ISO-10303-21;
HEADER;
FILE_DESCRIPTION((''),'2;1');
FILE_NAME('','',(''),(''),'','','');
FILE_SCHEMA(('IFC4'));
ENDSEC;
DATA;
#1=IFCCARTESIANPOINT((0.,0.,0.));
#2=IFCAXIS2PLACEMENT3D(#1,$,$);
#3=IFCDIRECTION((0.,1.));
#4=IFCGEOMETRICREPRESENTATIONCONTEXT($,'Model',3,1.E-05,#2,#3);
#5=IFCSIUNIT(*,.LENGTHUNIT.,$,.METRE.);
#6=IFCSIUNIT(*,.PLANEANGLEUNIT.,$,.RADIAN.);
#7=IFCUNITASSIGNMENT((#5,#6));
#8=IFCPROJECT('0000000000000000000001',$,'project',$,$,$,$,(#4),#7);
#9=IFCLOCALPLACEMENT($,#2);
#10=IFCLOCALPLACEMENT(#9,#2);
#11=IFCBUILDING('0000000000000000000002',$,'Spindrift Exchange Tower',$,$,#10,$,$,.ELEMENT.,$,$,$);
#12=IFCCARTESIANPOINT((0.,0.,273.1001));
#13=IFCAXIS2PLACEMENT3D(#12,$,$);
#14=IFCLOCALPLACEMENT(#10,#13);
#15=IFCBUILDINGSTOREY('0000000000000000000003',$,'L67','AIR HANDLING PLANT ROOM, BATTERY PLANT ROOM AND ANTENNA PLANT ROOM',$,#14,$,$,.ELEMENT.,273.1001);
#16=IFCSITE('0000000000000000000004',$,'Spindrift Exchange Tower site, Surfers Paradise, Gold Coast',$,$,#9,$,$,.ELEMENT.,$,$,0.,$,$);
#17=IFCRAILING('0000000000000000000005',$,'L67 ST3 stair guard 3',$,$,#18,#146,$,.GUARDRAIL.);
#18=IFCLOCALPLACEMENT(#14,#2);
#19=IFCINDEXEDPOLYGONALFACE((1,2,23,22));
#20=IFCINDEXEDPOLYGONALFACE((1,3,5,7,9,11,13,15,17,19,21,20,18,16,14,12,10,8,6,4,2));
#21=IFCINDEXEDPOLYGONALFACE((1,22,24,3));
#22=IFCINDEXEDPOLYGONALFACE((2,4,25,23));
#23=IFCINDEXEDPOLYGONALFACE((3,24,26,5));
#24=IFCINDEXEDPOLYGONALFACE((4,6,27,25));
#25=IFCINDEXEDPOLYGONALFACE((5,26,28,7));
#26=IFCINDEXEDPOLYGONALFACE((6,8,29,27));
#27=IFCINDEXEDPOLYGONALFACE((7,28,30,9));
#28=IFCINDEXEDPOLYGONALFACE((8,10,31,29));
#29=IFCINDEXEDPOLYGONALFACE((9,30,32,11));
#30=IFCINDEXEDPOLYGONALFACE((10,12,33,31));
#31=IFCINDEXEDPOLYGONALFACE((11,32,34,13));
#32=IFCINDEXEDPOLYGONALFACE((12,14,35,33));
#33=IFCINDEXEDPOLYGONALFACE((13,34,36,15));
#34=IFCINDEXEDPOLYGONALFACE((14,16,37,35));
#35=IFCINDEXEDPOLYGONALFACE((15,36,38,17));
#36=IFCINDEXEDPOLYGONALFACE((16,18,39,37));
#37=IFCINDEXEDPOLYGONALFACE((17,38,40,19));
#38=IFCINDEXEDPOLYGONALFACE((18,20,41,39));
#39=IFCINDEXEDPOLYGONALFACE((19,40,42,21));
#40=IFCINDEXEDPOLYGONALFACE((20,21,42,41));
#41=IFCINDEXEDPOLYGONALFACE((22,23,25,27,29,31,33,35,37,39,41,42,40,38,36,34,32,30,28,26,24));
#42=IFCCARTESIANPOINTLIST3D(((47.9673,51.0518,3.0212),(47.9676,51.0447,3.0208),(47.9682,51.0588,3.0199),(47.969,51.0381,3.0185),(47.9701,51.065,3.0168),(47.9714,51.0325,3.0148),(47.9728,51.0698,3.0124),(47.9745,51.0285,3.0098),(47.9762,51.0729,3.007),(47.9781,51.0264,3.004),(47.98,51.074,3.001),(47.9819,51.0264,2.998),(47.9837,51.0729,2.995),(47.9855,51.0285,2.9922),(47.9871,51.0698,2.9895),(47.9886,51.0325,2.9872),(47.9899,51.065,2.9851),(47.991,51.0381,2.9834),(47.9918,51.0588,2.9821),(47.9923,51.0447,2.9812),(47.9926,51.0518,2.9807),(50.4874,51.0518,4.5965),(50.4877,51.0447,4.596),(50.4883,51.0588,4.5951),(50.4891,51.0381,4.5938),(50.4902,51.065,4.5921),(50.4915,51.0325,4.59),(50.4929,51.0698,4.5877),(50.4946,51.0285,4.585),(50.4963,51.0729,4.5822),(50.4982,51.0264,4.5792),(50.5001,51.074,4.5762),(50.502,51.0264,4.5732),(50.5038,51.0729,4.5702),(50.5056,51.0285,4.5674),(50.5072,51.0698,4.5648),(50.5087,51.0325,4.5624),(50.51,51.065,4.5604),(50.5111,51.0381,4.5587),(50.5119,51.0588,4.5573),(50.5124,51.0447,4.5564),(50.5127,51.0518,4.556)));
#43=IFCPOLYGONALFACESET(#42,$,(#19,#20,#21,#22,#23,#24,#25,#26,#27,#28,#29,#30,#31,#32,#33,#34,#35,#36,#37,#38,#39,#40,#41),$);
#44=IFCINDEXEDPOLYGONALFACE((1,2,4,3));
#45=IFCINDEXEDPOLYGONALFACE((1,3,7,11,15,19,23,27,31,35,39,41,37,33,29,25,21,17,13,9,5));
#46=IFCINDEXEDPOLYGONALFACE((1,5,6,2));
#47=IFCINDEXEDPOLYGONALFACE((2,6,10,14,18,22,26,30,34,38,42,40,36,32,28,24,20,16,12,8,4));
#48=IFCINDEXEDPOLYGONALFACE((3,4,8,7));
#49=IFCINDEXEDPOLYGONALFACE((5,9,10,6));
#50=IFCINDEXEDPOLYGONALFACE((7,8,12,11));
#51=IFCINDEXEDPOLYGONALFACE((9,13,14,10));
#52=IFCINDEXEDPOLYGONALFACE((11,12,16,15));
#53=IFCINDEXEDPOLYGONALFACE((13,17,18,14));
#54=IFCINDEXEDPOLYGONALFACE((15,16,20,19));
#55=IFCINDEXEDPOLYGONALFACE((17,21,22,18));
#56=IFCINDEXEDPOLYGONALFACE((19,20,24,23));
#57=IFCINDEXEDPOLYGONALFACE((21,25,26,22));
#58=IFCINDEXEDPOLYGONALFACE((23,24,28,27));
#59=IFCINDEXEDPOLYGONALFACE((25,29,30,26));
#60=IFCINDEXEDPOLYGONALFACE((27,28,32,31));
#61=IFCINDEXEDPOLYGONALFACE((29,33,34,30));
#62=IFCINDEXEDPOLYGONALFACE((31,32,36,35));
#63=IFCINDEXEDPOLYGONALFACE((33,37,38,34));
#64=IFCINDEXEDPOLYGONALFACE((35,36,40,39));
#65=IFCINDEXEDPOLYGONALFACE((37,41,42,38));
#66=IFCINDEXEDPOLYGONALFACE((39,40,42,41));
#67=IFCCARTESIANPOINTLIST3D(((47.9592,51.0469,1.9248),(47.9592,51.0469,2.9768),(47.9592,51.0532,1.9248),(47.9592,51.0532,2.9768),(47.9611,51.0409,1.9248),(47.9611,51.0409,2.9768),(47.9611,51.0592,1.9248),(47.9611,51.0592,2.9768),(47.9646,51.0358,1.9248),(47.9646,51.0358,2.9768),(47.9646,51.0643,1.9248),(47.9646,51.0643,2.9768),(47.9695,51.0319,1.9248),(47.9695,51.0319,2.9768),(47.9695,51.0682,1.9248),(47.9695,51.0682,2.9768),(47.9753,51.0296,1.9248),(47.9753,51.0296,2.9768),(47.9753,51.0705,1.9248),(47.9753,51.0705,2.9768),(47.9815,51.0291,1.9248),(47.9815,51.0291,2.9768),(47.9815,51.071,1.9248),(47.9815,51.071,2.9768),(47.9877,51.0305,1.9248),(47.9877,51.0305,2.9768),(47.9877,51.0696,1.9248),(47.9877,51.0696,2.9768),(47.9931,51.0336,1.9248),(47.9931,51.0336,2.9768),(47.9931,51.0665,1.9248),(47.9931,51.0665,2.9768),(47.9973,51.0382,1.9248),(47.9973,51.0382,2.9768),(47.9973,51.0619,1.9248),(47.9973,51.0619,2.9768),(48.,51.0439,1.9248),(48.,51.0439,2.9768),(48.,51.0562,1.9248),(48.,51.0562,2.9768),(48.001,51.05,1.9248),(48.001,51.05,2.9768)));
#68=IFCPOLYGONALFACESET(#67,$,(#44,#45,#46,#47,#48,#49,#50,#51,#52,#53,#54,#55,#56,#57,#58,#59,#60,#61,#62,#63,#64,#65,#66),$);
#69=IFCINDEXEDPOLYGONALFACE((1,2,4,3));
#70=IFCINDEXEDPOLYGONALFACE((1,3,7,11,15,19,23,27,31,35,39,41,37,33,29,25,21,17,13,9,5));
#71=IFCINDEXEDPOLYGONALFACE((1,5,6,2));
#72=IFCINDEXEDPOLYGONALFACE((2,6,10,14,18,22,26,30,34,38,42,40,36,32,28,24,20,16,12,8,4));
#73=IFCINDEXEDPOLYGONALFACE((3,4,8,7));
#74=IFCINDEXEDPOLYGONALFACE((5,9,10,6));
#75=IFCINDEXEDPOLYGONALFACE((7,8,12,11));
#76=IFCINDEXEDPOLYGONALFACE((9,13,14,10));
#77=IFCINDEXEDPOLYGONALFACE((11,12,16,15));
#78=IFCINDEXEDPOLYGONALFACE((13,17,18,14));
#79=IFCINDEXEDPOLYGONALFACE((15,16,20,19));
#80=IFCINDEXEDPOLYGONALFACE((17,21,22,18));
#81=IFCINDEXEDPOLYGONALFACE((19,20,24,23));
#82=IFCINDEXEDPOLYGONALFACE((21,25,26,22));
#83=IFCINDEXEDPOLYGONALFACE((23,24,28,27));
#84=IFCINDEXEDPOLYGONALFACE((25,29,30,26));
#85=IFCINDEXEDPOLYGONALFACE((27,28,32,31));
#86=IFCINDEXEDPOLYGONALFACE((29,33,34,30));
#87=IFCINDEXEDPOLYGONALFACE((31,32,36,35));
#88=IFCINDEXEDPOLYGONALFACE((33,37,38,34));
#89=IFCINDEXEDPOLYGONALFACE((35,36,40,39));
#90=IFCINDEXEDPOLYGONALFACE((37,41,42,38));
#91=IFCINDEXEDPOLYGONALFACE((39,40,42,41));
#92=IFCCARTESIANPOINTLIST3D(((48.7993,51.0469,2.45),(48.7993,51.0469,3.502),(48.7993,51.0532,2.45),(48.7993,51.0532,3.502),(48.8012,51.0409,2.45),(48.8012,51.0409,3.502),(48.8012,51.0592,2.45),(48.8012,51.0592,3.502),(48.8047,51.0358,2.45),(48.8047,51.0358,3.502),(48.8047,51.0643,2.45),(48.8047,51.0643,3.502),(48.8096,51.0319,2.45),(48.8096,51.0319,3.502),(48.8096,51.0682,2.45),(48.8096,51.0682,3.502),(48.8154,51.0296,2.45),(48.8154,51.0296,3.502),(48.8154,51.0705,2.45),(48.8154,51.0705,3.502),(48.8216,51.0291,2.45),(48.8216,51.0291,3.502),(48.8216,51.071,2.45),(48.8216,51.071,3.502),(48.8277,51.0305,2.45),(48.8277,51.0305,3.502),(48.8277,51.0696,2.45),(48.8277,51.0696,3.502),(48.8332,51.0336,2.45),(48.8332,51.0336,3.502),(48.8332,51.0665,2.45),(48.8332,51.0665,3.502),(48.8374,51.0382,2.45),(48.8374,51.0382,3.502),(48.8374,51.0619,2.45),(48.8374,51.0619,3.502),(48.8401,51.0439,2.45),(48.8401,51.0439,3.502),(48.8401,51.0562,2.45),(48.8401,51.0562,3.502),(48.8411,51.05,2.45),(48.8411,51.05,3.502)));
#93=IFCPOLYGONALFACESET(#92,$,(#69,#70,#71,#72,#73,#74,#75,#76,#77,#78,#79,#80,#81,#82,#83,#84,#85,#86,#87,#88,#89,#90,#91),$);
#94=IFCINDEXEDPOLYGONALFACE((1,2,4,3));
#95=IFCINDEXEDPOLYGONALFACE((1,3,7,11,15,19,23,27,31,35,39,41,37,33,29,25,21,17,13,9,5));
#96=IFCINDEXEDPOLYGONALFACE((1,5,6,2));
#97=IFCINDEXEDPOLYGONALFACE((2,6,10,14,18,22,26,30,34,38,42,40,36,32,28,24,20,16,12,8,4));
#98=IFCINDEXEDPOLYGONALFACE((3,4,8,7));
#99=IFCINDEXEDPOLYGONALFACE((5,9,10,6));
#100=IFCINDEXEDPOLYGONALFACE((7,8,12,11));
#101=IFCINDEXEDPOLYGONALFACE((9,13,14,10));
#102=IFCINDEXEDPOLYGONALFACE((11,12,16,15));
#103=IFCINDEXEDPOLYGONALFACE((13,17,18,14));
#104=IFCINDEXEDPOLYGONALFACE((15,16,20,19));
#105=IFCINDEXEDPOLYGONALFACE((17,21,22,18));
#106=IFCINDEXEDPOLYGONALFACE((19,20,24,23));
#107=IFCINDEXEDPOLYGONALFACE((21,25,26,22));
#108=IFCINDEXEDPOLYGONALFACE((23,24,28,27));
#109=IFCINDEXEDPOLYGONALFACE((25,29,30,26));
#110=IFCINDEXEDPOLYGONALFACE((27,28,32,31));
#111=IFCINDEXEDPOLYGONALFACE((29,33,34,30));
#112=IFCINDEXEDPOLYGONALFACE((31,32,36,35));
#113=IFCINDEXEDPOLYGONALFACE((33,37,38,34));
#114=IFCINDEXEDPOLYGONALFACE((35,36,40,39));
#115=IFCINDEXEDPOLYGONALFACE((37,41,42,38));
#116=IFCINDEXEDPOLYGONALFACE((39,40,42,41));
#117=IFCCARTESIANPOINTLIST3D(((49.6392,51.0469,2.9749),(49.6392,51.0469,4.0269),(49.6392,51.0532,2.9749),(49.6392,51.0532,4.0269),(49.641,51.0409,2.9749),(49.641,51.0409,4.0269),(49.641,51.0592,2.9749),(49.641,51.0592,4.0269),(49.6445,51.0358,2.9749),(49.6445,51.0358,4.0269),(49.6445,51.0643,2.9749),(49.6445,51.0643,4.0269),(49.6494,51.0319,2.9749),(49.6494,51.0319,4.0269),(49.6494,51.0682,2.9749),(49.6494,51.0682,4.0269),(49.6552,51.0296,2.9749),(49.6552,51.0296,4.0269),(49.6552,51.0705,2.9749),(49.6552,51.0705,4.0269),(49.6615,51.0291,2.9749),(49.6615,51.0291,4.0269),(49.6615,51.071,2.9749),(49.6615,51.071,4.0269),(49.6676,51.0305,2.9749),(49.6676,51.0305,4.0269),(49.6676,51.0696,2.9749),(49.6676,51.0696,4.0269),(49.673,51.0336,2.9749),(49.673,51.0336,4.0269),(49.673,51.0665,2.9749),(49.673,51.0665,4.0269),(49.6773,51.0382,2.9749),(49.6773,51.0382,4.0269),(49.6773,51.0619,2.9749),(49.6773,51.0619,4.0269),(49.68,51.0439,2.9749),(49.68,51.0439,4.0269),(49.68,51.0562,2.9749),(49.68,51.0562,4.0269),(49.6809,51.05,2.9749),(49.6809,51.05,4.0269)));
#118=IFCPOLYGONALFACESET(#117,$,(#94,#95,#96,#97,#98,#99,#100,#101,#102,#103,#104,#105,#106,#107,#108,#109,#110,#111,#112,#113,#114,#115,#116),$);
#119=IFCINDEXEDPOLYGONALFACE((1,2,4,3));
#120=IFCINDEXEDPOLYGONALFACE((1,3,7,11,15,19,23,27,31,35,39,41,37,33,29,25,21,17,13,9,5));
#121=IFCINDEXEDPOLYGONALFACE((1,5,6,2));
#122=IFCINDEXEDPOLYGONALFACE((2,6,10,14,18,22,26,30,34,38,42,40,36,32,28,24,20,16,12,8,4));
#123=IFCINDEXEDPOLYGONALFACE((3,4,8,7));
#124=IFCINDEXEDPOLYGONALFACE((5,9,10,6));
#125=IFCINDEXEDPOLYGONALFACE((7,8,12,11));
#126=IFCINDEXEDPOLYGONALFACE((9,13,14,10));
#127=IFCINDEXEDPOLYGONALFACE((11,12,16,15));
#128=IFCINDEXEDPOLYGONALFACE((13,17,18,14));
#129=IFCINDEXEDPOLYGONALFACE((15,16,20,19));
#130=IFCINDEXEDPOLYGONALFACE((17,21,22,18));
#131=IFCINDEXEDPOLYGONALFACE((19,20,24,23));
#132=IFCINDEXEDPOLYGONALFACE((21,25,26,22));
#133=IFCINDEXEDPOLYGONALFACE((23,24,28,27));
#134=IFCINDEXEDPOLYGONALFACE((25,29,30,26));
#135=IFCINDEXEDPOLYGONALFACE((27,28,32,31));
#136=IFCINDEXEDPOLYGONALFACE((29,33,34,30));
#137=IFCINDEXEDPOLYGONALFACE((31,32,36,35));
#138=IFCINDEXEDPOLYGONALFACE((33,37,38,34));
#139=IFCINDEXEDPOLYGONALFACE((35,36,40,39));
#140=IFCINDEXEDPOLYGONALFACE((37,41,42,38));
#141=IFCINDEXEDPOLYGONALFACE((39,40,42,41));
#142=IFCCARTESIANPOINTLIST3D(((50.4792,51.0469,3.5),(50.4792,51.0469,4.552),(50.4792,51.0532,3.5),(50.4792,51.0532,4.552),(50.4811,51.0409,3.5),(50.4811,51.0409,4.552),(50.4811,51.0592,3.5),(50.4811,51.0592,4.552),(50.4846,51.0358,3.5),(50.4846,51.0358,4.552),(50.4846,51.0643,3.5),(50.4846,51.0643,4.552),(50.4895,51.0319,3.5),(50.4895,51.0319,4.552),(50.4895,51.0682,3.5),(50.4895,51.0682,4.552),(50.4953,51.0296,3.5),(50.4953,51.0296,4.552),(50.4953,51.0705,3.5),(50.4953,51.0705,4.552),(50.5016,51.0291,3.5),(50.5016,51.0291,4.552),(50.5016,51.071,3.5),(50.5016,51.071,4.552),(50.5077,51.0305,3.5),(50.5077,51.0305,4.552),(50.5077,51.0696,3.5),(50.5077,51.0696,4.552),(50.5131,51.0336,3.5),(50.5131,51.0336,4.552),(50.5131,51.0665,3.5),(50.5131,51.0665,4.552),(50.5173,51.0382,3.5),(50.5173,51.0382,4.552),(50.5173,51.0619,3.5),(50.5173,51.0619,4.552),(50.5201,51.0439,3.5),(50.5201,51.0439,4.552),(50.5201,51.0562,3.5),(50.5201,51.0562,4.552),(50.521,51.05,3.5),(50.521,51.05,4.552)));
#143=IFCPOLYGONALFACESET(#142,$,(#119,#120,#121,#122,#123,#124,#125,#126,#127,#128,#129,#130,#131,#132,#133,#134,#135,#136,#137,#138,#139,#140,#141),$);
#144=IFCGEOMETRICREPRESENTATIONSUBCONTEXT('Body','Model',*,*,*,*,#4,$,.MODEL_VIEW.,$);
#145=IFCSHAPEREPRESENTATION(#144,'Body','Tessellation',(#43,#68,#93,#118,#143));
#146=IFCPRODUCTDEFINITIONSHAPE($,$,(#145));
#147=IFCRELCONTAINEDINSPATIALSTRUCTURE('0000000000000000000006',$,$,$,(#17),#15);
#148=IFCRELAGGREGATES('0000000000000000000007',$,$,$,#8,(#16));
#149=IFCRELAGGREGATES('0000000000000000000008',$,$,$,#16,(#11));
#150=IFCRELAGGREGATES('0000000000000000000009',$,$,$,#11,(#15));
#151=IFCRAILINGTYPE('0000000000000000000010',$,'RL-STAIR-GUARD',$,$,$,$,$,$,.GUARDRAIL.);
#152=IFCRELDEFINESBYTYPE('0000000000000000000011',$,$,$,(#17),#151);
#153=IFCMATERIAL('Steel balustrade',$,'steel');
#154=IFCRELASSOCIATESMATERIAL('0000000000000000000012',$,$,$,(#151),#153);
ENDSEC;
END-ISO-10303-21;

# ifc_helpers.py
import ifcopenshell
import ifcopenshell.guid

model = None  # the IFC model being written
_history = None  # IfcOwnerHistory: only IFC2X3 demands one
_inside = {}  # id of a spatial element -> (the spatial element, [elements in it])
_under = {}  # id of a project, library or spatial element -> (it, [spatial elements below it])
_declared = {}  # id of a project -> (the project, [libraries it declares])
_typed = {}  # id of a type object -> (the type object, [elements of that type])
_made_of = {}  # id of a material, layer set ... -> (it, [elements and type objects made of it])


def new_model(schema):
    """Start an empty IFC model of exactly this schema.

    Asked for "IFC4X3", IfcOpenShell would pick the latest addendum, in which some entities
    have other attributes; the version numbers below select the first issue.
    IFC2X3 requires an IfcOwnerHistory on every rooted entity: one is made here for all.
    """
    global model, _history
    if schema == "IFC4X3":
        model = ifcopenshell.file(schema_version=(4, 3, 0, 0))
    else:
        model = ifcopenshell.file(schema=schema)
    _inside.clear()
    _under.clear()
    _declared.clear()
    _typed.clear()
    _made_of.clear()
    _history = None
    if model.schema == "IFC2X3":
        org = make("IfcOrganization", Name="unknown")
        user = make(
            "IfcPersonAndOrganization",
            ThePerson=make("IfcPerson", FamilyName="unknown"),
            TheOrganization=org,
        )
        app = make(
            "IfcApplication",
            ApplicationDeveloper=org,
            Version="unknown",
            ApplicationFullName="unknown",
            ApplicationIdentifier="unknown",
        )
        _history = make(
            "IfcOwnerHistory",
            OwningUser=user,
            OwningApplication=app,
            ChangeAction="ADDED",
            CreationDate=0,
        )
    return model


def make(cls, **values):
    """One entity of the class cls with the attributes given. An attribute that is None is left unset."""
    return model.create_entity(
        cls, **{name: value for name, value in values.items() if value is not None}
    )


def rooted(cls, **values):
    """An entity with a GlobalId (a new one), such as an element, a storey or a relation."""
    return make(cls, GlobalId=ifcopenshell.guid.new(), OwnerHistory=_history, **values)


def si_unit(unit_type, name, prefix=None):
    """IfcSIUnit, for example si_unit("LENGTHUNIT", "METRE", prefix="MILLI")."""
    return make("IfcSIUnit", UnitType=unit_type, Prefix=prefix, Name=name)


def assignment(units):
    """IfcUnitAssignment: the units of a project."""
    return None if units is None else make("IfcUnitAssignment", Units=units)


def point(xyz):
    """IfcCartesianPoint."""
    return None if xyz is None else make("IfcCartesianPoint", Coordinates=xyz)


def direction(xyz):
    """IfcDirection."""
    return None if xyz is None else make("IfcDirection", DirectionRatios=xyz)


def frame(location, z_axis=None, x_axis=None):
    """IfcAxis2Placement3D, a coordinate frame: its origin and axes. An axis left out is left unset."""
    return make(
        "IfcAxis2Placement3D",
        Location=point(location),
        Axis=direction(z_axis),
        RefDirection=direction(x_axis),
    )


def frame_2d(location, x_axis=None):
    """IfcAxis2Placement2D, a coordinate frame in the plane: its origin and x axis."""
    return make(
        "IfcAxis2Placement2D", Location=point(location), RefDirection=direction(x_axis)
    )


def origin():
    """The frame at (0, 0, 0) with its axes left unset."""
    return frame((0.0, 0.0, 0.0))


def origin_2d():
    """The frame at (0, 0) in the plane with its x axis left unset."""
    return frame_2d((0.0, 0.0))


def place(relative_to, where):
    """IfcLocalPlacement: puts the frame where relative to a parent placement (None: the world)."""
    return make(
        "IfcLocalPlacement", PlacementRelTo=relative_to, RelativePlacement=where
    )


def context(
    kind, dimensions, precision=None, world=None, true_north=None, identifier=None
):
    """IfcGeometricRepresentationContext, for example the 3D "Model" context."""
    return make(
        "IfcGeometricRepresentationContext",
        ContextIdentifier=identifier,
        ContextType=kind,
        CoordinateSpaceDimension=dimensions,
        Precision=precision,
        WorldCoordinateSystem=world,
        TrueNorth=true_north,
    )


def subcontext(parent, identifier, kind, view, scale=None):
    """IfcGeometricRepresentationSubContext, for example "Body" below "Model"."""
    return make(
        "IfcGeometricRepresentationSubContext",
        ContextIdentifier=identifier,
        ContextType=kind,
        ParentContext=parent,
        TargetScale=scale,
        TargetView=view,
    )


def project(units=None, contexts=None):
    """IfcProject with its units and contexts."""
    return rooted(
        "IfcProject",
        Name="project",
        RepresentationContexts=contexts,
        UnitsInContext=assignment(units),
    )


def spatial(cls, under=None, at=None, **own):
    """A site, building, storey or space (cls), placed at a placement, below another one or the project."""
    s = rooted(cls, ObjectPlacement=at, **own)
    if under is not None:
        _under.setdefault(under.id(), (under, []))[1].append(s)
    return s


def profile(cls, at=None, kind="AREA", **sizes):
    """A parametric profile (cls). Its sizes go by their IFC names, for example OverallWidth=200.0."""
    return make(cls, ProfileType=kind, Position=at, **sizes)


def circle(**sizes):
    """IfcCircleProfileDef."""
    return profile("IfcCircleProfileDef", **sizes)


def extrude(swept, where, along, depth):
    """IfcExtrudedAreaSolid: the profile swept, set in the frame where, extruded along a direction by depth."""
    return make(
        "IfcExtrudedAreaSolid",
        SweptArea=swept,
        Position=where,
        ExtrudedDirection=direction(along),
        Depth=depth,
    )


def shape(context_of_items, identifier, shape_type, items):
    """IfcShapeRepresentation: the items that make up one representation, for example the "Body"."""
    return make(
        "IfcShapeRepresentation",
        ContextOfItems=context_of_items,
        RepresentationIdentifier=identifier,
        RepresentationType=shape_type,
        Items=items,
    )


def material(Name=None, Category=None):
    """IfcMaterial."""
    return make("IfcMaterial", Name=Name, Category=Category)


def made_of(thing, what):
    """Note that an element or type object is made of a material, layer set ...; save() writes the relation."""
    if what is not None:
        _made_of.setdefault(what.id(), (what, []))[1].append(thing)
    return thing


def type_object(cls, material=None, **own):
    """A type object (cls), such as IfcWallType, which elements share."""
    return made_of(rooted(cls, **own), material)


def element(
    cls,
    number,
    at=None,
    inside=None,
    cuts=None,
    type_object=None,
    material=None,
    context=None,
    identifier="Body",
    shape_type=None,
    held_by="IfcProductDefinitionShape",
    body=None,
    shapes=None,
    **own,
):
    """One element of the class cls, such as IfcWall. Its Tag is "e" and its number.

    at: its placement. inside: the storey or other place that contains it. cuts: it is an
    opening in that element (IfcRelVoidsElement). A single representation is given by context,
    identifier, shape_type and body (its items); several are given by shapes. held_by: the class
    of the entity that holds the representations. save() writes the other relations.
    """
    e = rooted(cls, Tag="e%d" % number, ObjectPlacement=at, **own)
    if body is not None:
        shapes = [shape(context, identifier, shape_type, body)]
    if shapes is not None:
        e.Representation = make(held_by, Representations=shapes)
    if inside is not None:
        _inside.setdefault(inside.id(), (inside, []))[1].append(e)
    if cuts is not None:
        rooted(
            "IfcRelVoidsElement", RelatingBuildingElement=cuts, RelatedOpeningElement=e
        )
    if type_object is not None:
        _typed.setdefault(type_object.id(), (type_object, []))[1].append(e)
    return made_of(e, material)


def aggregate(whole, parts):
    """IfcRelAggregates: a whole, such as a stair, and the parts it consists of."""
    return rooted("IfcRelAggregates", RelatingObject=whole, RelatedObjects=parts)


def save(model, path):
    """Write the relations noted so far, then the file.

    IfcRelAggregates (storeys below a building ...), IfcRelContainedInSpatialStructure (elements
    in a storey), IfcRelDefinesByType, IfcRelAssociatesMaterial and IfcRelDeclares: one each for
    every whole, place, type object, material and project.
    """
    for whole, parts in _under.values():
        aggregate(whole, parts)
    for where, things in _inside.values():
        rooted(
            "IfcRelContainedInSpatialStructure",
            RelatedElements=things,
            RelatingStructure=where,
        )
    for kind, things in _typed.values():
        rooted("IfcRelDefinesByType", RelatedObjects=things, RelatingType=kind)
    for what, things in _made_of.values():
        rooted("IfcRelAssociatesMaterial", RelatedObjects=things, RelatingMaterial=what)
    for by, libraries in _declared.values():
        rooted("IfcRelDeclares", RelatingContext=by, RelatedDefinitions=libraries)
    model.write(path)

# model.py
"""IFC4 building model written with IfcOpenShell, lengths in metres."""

from ifc_helpers import new_model, si_unit, direction, frame, origin, origin_2d, place, context, subcontext, project, spatial, circle, extrude, material, type_object, element, save


model = new_model("IFC4")

# Units and contexts
model_context = context("Model", 3, precision=1e-05, world=origin(), true_north=direction((0.0, 1.0)))
body_context = subcontext(model_context, "Body", "Model", "MODEL_VIEW")
ifc_project = project(units=[si_unit("LENGTHUNIT", "METRE"), si_unit("PLANEANGLEUNIT", "RADIAN")], contexts=[model_context])

# Site, building, storey
site_placement = place(None, origin())
site = spatial("IfcSite", under=ifc_project, at=site_placement, Name="Spindrift Exchange Tower site, Surfers Paradise, Gold Coast", CompositionType="ELEMENT", RefElevation=0.0)
building_placement = place(site_placement, origin())
building = spatial("IfcBuilding", under=site, at=building_placement, Name="Spindrift Exchange Tower", CompositionType="ELEMENT")
storey_placement = place(building_placement, frame((0.0, 0.0, 273.1001)))
storey = spatial("IfcBuildingStorey", under=building, at=storey_placement, Name="L67", Description="AIR HANDLING PLANT ROOM, BATTERY PLANT ROOM AND ANTENNA PLANT ROOM", CompositionType="ELEMENT", Elevation=273.1001)

# Railing
ifc_material_1 = material(Name="Steel balustrade", Category="steel")
railing_type_1 = type_object("IfcRailingType", Name="RL-STAIR-GUARD", PredefinedType="GUARDRAIL", material=ifc_material_1)
railing_1_placement = place(storey_placement, frame((47.98, 51.05, 1.9248)))
element("IfcRailing", 1, at=railing_1_placement, inside=storey, type_object=railing_type_1, Name="L67 ST3 stair guard 3", PredefinedType="GUARDRAIL", context=body_context, shape_type="SweptSolid", body=[
    extrude(circle(Radius=0.0239, at=origin_2d()), frame((0.0, 0.0, 1.0762), z_axis=(0.847971, 0.0, 0.530043), x_axis=(0.0, 1.0, 0.0)), (0.0, 0.0, 1.0), 2.9719),
    extrude(circle(Radius=0.021, at=origin_2d()), origin(), (0.0, 0.0, 1.0), 1.052),
    extrude(circle(Radius=0.021, at=origin_2d()), frame((0.8401, 0.0, 0.5251)), (0.0, 0.0, 1.0), 1.052),
    extrude(circle(Radius=0.021, at=origin_2d()), frame((1.6799, 0.0, 1.05)), (0.0, 0.0, 1.0), 1.052),
    extrude(circle(Radius=0.021, at=origin_2d()), frame((2.52, 0.0, 1.5752)), (0.0, 0.0, 1.0), 1.052),
])

save(model, "model.ifc")
